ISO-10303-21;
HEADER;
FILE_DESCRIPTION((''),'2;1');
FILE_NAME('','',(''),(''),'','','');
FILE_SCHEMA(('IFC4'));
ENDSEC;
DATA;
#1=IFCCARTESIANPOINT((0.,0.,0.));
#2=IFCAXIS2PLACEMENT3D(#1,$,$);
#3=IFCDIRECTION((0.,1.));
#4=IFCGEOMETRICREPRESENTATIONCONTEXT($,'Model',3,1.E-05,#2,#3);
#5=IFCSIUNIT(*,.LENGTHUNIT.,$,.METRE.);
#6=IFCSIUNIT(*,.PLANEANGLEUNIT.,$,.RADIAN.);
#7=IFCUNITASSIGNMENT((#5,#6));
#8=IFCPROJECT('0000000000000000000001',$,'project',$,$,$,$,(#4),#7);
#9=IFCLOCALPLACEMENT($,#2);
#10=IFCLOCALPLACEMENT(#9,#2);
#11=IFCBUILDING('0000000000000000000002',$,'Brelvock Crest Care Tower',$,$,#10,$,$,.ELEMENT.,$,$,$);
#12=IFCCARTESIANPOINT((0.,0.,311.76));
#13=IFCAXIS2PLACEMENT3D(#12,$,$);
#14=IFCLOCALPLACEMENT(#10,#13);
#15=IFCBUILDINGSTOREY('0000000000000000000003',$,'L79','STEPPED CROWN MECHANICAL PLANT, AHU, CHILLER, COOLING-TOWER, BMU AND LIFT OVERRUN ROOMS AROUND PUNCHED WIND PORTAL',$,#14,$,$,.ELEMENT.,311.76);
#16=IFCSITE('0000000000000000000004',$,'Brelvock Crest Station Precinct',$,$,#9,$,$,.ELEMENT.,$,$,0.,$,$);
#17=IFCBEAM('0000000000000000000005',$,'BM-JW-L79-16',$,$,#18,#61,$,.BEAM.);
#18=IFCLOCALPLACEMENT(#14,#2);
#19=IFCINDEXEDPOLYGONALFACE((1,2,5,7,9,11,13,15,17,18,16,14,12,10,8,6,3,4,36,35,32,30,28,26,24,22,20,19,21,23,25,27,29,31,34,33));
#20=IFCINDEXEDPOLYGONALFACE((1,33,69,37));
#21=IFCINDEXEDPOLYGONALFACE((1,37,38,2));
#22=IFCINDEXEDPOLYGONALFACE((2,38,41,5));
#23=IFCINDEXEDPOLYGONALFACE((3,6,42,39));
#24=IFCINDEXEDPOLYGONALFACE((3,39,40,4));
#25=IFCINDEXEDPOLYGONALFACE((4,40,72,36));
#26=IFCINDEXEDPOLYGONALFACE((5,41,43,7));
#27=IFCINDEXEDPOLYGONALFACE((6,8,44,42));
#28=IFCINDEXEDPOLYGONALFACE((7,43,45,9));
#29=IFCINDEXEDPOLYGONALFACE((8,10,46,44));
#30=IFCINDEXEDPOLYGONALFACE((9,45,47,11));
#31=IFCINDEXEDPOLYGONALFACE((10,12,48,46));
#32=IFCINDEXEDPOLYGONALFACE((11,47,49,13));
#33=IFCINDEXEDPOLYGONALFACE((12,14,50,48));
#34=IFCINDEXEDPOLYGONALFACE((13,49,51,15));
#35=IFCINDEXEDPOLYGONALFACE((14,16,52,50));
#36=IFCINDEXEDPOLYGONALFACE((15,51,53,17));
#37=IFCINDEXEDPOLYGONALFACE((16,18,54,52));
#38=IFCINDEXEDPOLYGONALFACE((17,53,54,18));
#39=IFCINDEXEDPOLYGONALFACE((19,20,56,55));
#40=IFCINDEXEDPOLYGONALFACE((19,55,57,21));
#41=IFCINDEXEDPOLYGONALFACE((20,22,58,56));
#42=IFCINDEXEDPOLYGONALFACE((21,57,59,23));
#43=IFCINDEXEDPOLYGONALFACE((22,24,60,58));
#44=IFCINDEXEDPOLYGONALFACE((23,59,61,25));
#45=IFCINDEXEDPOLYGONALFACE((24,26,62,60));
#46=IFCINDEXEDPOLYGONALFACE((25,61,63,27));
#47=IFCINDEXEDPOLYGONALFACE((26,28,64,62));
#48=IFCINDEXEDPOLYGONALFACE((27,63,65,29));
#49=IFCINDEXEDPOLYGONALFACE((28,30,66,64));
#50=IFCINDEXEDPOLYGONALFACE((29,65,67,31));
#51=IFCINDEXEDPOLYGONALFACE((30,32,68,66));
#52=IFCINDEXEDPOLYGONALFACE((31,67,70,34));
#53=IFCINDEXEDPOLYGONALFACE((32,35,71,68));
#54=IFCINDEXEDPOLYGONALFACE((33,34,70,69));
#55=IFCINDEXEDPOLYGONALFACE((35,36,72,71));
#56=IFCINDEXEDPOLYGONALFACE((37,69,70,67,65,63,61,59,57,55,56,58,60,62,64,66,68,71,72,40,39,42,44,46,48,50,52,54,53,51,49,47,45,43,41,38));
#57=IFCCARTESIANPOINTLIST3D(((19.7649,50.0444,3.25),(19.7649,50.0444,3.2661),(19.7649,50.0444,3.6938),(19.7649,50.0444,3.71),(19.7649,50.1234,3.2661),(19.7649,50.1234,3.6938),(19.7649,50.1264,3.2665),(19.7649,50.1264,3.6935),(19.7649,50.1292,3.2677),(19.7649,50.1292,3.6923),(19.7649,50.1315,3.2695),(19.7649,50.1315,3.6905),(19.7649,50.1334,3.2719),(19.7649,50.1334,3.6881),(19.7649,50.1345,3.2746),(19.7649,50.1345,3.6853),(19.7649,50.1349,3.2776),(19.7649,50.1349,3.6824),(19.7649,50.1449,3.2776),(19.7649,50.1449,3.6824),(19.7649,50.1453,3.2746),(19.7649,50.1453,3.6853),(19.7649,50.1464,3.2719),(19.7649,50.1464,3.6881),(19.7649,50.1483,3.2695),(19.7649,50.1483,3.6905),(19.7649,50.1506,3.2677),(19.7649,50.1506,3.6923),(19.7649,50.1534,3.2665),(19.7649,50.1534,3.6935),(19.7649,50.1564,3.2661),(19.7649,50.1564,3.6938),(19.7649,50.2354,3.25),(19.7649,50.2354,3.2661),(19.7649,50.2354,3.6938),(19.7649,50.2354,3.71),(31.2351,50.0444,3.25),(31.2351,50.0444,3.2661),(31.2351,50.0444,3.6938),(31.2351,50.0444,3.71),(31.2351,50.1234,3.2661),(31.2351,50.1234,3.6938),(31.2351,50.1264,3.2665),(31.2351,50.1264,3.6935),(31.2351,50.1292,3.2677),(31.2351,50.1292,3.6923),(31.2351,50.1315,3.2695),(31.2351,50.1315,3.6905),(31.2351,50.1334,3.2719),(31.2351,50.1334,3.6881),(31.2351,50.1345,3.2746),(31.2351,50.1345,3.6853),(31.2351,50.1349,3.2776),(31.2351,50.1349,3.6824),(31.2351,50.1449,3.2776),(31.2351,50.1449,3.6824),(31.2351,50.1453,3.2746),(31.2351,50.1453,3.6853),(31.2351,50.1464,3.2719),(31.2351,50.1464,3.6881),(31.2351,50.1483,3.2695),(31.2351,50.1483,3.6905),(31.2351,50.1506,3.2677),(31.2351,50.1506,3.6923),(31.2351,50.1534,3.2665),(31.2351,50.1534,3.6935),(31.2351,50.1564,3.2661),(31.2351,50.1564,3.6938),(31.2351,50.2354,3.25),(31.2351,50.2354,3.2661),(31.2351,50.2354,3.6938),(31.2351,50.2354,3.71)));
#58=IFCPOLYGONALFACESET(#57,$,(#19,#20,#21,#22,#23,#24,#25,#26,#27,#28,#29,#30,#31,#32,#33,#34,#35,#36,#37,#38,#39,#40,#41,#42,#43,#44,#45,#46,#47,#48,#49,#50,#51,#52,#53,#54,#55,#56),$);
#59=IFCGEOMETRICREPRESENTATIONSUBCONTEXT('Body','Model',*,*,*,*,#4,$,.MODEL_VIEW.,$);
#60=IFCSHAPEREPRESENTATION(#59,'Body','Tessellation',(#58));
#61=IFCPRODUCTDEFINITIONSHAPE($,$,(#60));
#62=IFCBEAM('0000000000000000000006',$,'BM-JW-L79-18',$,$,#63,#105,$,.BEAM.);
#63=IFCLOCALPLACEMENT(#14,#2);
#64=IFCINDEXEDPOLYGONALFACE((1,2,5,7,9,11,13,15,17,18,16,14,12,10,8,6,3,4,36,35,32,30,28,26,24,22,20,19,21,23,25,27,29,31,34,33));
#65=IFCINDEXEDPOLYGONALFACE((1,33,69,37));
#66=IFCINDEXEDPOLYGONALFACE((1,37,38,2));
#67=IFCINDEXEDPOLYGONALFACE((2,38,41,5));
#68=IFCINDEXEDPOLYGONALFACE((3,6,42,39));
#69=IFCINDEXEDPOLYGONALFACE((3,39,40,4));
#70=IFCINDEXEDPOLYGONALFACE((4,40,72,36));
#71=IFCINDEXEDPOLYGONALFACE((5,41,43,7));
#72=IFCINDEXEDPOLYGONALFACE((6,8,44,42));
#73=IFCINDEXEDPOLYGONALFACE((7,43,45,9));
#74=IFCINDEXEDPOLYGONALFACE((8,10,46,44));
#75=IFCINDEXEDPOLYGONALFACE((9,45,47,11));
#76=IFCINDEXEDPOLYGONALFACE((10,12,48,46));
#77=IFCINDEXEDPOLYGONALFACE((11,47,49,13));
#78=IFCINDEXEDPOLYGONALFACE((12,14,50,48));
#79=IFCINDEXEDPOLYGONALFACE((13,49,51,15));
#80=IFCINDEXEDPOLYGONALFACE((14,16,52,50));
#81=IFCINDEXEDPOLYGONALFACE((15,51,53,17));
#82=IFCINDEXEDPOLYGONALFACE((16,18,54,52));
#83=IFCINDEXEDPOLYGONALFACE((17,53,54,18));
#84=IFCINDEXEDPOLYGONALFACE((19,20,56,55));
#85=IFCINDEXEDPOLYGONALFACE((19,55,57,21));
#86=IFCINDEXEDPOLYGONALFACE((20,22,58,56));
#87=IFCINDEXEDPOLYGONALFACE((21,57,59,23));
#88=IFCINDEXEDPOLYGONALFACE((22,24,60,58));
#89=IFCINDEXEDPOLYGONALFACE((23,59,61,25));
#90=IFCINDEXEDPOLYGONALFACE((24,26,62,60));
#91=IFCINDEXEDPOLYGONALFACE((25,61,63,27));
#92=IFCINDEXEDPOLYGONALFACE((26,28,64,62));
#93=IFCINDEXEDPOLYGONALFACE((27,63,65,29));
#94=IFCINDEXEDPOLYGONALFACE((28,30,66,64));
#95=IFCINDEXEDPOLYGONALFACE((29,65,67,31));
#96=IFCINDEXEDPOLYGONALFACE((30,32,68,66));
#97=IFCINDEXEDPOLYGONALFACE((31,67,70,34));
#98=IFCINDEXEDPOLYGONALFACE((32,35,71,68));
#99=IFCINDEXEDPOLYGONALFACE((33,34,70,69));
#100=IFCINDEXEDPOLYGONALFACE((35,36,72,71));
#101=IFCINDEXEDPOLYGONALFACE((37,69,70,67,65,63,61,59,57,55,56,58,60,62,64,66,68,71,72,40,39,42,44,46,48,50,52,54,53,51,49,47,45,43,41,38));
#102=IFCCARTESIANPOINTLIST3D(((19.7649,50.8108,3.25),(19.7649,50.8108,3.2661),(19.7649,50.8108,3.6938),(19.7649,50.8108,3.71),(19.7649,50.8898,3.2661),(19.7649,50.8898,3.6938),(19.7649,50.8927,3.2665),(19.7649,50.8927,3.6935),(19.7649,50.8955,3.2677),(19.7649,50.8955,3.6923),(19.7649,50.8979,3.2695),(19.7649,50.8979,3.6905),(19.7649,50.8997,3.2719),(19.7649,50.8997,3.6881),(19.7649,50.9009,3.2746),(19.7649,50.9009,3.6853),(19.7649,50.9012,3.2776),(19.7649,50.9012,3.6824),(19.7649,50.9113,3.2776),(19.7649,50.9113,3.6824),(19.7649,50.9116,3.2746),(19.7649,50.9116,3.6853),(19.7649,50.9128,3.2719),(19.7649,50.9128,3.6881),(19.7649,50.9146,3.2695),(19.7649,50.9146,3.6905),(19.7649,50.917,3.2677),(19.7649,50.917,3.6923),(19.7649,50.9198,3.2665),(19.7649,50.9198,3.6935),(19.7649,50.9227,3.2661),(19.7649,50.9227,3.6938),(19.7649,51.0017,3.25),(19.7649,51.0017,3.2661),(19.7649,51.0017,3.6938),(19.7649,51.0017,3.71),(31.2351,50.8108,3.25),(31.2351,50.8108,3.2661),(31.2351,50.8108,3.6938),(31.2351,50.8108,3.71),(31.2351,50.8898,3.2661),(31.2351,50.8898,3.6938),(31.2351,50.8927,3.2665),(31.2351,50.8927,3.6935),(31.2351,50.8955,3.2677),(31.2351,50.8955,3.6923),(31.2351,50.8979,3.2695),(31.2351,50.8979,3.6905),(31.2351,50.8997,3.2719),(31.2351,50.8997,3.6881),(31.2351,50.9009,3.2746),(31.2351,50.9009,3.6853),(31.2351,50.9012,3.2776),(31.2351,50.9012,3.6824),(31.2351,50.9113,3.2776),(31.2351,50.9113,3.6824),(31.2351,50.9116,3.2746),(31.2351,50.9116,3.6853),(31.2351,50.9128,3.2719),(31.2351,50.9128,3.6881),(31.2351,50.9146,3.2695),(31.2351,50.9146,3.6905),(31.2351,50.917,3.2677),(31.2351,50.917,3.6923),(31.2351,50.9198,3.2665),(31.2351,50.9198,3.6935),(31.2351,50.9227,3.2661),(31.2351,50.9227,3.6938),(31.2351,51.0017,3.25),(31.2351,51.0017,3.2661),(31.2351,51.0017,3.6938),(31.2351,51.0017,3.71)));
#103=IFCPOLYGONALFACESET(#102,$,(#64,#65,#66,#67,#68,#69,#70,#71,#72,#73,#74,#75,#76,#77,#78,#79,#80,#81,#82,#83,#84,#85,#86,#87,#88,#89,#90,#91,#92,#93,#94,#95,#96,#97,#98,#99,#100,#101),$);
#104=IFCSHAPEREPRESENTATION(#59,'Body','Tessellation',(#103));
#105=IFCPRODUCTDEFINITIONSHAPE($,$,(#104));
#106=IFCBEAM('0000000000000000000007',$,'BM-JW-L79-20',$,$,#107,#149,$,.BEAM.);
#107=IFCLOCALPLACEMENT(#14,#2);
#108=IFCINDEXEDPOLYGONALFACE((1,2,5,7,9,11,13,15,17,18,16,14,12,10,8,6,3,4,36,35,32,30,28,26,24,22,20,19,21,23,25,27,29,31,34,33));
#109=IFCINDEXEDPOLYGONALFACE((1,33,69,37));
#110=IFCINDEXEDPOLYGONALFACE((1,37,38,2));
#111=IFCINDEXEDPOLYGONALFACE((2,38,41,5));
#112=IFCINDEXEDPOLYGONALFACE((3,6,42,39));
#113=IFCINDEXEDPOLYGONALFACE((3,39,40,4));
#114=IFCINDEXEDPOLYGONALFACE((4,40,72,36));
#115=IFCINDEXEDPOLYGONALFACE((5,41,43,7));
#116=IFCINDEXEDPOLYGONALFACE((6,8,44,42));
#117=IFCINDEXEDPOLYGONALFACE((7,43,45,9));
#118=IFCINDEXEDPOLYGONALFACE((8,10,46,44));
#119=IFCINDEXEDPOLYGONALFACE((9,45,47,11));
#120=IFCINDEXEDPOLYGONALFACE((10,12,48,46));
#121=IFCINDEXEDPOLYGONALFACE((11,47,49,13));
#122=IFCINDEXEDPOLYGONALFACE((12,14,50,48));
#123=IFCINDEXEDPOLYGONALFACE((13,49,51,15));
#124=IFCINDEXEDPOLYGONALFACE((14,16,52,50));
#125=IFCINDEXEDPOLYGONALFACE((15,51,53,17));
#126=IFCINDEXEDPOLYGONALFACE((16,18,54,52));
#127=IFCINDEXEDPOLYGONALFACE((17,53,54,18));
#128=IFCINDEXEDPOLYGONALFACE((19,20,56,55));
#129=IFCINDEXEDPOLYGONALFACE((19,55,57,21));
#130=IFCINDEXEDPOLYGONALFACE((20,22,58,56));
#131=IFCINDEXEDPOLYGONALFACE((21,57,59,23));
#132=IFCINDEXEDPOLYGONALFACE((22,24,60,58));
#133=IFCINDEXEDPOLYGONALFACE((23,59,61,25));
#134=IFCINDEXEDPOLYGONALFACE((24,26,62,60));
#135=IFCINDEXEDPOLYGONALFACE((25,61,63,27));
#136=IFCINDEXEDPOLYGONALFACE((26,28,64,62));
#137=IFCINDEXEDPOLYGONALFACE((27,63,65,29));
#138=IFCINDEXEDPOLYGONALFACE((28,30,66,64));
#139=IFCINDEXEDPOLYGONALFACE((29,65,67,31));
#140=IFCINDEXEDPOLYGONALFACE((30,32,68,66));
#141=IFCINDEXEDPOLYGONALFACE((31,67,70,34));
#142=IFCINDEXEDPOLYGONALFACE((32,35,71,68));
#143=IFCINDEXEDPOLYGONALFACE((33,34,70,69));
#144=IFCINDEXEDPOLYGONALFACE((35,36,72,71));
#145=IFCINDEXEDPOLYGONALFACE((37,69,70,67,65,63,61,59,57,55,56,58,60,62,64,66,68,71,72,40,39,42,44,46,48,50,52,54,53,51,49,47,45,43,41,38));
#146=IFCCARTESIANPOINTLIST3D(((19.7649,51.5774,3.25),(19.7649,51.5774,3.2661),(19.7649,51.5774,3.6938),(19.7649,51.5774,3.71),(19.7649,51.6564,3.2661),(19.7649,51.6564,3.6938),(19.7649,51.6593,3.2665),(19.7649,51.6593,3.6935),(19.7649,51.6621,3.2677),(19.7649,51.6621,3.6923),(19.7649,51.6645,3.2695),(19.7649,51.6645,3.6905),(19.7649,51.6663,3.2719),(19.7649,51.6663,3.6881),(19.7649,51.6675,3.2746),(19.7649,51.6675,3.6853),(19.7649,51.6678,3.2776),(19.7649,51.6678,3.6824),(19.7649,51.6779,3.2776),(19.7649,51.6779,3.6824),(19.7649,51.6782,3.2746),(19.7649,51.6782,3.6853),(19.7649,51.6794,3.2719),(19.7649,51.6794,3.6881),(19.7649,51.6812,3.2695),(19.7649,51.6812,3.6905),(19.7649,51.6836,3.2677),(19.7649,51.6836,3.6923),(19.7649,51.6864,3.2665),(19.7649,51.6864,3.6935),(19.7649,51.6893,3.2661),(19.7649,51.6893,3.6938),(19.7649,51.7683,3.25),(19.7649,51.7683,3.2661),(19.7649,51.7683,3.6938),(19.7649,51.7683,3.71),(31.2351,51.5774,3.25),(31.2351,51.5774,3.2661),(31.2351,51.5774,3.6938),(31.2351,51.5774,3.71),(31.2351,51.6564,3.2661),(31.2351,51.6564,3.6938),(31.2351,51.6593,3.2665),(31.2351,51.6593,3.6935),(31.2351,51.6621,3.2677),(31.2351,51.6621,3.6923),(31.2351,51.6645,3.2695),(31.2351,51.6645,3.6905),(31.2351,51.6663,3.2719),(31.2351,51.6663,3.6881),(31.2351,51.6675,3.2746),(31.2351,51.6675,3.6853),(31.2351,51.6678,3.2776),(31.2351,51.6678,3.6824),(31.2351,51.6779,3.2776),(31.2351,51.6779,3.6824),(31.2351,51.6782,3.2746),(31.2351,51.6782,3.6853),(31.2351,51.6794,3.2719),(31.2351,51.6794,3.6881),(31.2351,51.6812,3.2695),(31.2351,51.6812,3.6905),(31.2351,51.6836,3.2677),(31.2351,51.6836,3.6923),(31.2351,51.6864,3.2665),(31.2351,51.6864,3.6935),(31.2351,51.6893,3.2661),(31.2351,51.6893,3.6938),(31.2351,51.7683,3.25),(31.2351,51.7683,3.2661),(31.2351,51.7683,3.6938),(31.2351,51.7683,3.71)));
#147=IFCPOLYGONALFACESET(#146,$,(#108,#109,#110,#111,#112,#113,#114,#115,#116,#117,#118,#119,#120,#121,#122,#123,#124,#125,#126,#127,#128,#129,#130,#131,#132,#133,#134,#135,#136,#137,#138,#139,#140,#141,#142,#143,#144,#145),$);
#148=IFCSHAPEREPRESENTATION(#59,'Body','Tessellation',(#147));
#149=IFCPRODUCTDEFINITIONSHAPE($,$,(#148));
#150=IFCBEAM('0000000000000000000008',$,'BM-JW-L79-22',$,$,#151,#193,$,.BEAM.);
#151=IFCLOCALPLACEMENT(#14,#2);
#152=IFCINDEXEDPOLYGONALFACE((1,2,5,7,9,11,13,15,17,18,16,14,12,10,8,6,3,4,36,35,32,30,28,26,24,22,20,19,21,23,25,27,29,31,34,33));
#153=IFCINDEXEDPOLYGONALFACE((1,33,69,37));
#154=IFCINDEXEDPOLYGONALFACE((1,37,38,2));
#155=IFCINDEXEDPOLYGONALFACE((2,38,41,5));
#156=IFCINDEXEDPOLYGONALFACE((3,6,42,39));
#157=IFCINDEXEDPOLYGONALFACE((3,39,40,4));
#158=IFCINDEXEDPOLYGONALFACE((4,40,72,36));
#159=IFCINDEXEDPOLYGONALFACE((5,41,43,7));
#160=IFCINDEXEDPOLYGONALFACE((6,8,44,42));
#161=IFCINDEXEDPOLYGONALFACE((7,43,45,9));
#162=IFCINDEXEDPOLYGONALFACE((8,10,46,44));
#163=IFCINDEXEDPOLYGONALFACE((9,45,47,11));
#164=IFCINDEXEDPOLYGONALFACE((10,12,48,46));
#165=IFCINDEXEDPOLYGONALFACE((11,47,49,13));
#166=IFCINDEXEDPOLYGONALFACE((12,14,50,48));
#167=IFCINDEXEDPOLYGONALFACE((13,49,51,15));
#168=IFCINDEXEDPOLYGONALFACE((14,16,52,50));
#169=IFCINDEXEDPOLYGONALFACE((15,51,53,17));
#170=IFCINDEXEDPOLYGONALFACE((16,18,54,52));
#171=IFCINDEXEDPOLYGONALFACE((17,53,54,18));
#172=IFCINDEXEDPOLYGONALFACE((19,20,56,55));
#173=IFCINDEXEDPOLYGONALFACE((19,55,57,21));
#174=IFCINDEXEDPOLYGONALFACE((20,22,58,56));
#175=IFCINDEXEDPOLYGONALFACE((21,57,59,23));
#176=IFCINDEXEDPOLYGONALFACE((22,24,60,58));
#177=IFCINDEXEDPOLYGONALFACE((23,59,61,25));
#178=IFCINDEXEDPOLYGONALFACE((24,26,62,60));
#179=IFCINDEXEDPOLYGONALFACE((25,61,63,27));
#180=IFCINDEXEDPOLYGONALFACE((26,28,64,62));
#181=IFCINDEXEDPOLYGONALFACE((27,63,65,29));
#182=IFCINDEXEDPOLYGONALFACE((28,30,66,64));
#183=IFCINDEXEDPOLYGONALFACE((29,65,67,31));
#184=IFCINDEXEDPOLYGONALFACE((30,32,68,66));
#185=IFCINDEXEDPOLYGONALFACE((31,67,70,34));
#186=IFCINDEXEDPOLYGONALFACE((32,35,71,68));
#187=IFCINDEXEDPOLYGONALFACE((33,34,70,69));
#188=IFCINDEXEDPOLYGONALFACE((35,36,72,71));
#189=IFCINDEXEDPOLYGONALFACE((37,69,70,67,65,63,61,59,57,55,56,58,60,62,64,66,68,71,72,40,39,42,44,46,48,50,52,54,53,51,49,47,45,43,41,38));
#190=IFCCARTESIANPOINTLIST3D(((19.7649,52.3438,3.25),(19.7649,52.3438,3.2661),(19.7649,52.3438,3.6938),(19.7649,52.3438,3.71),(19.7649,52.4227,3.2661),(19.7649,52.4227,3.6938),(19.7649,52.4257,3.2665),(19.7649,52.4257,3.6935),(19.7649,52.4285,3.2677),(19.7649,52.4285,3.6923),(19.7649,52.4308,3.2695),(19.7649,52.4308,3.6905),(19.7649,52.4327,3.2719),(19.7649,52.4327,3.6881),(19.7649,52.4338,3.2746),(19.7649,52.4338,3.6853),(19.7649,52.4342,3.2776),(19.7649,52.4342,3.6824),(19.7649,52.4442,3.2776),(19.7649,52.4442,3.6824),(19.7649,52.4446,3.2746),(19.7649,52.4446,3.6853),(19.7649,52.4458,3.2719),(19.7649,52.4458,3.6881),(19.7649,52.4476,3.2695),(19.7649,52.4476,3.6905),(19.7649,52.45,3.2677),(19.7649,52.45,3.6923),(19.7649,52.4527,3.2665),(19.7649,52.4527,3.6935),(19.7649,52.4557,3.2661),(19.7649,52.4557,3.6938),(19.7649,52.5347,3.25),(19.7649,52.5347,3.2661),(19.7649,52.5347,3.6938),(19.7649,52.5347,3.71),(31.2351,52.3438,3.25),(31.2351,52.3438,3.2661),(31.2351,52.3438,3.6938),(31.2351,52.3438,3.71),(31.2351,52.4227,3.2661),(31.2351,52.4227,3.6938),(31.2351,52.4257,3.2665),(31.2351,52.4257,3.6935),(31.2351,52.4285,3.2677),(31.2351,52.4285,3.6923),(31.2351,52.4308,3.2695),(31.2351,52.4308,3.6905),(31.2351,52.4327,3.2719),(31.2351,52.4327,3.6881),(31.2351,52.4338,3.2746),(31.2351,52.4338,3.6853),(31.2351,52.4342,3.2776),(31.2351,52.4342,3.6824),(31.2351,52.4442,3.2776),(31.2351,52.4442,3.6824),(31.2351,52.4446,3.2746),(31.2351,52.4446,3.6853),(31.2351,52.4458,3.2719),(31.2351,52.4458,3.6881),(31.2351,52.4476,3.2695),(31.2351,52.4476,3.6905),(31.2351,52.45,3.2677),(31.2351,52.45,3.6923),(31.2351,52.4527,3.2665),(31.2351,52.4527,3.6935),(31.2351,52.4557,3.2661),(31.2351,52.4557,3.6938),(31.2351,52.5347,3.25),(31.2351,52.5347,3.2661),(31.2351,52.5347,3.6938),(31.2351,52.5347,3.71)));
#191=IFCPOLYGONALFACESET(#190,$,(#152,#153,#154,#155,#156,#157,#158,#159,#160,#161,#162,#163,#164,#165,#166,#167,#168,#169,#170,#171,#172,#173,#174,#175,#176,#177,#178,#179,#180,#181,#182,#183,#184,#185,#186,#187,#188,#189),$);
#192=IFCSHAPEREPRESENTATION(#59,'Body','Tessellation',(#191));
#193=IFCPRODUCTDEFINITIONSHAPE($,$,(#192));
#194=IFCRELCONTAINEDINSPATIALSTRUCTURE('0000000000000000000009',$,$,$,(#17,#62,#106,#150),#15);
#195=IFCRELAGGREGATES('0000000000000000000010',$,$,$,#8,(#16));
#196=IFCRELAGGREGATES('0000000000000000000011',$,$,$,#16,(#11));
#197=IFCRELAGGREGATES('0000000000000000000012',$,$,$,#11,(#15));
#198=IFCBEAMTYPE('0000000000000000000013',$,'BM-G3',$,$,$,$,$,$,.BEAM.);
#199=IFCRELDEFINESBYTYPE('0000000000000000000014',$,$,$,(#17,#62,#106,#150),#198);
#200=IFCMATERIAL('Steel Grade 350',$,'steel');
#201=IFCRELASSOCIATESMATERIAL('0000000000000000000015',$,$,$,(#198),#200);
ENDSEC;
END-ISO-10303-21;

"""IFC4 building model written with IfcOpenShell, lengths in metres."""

from ifc_helpers import new_model, si_unit, direction, frame, origin, origin_2d, place, context, subcontext, project, spatial, i_section, extrude, source, transform, mapped, material, material_profile, profile_set, type_object, element, save


model = new_model("IFC4")

# Units and contexts
model_context = context("Model", 3, precision=1e-05, world=origin(), true_north=direction((0.0, 1.0)))
body_context = subcontext(model_context, "Body", "Model", "MODEL_VIEW")
ifc_project = project(units=[si_unit("LENGTHUNIT", "METRE"), si_unit("PLANEANGLEUNIT", "RADIAN")], contexts=[model_context])

# Site, building, storey
site_placement = place(None, origin())
site = spatial("IfcSite", under=ifc_project, at=site_placement, Name="Brelvock Crest Station Precinct", CompositionType="ELEMENT", RefElevation=0.0)
building_placement = place(site_placement, origin())
building = spatial("IfcBuilding", under=site, at=building_placement, Name="Brelvock Crest Care Tower", CompositionType="ELEMENT")
storey_placement = place(building_placement, frame((0.0, 0.0, 311.76)))
storey = spatial("IfcBuildingStorey", under=building, at=storey_placement, Name="L79", Description="STEPPED CROWN MECHANICAL PLANT, AHU, CHILLER, COOLING-TOWER, BMU AND LIFT OVERRUN ROOMS AROUND PUNCHED WIND PORTAL", CompositionType="ELEMENT", Elevation=311.76)

# Shared definitions
ifc_material_1 = material(Name="Steel Grade 350", Category="steel")

# Beams
ifc_material_profile_1 = material_profile(ifc_material_1, i_section(OverallWidth=0.1909, OverallDepth=0.46, WebThickness=0.01, FlangeThickness=0.0161, FilletRadius=0.0115, at=origin_2d()), Name="460UB82.1")
ifc_profile_set_1 = profile_set([ifc_material_profile_1], Name="Steel Grade 350")
beam_type_1 = type_object("IfcBeamType", Name="BM-G3", PredefinedType="BEAM", material=ifc_profile_set_1)
shared_shape_1 = source(origin(), body_context, "Body", "SweptSolid", [
    extrude(i_section(OverallWidth=0.1909, OverallDepth=0.46, WebThickness=0.01, FlangeThickness=0.0161, FilletRadius=0.0115, at=origin_2d()), origin(), (0.0, 0.0, 1.0), 11.4702),
])
for number, where, z_axis, x_axis, name in (
    (1, (19.7649, 50.1399, 3.48), (1.0, 0.0, 0.0), (0.0, 1.0, 0.0), "BM-JW-L79-16"),
    (2, (19.7649, 50.9062, 3.48), (1.0, 0.0, 0.0), (0.0, 1.0, 0.0), "BM-JW-L79-18"),
    (3, (19.7649, 51.6729, 3.48), (1.0, 0.0, 0.0), (0.0, 1.0, 0.0), "BM-JW-L79-20"),
    (4, (19.7649, 52.4392, 3.48), (1.0, 0.0, 0.0), (0.0, 1.0, 0.0), "BM-JW-L79-22"),
):
    element("IfcBeam", number, at=place(storey_placement, frame(where, z_axis=z_axis, x_axis=x_axis)), inside=storey, type_object=beam_type_1, Name=name, PredefinedType="BEAM", context=body_context, shape_type="MappedRepresentation", body=[
        mapped(shared_shape_1, transform((0.0, 0.0, 0.0), x_axis=(1.0, 0.0, 0.0), y_axis=(0.0, 1.0, 0.0), z_axis=(0.0, 0.0, 1.0), scale=1.0)),
    ])

save(model, "model.ifc")
